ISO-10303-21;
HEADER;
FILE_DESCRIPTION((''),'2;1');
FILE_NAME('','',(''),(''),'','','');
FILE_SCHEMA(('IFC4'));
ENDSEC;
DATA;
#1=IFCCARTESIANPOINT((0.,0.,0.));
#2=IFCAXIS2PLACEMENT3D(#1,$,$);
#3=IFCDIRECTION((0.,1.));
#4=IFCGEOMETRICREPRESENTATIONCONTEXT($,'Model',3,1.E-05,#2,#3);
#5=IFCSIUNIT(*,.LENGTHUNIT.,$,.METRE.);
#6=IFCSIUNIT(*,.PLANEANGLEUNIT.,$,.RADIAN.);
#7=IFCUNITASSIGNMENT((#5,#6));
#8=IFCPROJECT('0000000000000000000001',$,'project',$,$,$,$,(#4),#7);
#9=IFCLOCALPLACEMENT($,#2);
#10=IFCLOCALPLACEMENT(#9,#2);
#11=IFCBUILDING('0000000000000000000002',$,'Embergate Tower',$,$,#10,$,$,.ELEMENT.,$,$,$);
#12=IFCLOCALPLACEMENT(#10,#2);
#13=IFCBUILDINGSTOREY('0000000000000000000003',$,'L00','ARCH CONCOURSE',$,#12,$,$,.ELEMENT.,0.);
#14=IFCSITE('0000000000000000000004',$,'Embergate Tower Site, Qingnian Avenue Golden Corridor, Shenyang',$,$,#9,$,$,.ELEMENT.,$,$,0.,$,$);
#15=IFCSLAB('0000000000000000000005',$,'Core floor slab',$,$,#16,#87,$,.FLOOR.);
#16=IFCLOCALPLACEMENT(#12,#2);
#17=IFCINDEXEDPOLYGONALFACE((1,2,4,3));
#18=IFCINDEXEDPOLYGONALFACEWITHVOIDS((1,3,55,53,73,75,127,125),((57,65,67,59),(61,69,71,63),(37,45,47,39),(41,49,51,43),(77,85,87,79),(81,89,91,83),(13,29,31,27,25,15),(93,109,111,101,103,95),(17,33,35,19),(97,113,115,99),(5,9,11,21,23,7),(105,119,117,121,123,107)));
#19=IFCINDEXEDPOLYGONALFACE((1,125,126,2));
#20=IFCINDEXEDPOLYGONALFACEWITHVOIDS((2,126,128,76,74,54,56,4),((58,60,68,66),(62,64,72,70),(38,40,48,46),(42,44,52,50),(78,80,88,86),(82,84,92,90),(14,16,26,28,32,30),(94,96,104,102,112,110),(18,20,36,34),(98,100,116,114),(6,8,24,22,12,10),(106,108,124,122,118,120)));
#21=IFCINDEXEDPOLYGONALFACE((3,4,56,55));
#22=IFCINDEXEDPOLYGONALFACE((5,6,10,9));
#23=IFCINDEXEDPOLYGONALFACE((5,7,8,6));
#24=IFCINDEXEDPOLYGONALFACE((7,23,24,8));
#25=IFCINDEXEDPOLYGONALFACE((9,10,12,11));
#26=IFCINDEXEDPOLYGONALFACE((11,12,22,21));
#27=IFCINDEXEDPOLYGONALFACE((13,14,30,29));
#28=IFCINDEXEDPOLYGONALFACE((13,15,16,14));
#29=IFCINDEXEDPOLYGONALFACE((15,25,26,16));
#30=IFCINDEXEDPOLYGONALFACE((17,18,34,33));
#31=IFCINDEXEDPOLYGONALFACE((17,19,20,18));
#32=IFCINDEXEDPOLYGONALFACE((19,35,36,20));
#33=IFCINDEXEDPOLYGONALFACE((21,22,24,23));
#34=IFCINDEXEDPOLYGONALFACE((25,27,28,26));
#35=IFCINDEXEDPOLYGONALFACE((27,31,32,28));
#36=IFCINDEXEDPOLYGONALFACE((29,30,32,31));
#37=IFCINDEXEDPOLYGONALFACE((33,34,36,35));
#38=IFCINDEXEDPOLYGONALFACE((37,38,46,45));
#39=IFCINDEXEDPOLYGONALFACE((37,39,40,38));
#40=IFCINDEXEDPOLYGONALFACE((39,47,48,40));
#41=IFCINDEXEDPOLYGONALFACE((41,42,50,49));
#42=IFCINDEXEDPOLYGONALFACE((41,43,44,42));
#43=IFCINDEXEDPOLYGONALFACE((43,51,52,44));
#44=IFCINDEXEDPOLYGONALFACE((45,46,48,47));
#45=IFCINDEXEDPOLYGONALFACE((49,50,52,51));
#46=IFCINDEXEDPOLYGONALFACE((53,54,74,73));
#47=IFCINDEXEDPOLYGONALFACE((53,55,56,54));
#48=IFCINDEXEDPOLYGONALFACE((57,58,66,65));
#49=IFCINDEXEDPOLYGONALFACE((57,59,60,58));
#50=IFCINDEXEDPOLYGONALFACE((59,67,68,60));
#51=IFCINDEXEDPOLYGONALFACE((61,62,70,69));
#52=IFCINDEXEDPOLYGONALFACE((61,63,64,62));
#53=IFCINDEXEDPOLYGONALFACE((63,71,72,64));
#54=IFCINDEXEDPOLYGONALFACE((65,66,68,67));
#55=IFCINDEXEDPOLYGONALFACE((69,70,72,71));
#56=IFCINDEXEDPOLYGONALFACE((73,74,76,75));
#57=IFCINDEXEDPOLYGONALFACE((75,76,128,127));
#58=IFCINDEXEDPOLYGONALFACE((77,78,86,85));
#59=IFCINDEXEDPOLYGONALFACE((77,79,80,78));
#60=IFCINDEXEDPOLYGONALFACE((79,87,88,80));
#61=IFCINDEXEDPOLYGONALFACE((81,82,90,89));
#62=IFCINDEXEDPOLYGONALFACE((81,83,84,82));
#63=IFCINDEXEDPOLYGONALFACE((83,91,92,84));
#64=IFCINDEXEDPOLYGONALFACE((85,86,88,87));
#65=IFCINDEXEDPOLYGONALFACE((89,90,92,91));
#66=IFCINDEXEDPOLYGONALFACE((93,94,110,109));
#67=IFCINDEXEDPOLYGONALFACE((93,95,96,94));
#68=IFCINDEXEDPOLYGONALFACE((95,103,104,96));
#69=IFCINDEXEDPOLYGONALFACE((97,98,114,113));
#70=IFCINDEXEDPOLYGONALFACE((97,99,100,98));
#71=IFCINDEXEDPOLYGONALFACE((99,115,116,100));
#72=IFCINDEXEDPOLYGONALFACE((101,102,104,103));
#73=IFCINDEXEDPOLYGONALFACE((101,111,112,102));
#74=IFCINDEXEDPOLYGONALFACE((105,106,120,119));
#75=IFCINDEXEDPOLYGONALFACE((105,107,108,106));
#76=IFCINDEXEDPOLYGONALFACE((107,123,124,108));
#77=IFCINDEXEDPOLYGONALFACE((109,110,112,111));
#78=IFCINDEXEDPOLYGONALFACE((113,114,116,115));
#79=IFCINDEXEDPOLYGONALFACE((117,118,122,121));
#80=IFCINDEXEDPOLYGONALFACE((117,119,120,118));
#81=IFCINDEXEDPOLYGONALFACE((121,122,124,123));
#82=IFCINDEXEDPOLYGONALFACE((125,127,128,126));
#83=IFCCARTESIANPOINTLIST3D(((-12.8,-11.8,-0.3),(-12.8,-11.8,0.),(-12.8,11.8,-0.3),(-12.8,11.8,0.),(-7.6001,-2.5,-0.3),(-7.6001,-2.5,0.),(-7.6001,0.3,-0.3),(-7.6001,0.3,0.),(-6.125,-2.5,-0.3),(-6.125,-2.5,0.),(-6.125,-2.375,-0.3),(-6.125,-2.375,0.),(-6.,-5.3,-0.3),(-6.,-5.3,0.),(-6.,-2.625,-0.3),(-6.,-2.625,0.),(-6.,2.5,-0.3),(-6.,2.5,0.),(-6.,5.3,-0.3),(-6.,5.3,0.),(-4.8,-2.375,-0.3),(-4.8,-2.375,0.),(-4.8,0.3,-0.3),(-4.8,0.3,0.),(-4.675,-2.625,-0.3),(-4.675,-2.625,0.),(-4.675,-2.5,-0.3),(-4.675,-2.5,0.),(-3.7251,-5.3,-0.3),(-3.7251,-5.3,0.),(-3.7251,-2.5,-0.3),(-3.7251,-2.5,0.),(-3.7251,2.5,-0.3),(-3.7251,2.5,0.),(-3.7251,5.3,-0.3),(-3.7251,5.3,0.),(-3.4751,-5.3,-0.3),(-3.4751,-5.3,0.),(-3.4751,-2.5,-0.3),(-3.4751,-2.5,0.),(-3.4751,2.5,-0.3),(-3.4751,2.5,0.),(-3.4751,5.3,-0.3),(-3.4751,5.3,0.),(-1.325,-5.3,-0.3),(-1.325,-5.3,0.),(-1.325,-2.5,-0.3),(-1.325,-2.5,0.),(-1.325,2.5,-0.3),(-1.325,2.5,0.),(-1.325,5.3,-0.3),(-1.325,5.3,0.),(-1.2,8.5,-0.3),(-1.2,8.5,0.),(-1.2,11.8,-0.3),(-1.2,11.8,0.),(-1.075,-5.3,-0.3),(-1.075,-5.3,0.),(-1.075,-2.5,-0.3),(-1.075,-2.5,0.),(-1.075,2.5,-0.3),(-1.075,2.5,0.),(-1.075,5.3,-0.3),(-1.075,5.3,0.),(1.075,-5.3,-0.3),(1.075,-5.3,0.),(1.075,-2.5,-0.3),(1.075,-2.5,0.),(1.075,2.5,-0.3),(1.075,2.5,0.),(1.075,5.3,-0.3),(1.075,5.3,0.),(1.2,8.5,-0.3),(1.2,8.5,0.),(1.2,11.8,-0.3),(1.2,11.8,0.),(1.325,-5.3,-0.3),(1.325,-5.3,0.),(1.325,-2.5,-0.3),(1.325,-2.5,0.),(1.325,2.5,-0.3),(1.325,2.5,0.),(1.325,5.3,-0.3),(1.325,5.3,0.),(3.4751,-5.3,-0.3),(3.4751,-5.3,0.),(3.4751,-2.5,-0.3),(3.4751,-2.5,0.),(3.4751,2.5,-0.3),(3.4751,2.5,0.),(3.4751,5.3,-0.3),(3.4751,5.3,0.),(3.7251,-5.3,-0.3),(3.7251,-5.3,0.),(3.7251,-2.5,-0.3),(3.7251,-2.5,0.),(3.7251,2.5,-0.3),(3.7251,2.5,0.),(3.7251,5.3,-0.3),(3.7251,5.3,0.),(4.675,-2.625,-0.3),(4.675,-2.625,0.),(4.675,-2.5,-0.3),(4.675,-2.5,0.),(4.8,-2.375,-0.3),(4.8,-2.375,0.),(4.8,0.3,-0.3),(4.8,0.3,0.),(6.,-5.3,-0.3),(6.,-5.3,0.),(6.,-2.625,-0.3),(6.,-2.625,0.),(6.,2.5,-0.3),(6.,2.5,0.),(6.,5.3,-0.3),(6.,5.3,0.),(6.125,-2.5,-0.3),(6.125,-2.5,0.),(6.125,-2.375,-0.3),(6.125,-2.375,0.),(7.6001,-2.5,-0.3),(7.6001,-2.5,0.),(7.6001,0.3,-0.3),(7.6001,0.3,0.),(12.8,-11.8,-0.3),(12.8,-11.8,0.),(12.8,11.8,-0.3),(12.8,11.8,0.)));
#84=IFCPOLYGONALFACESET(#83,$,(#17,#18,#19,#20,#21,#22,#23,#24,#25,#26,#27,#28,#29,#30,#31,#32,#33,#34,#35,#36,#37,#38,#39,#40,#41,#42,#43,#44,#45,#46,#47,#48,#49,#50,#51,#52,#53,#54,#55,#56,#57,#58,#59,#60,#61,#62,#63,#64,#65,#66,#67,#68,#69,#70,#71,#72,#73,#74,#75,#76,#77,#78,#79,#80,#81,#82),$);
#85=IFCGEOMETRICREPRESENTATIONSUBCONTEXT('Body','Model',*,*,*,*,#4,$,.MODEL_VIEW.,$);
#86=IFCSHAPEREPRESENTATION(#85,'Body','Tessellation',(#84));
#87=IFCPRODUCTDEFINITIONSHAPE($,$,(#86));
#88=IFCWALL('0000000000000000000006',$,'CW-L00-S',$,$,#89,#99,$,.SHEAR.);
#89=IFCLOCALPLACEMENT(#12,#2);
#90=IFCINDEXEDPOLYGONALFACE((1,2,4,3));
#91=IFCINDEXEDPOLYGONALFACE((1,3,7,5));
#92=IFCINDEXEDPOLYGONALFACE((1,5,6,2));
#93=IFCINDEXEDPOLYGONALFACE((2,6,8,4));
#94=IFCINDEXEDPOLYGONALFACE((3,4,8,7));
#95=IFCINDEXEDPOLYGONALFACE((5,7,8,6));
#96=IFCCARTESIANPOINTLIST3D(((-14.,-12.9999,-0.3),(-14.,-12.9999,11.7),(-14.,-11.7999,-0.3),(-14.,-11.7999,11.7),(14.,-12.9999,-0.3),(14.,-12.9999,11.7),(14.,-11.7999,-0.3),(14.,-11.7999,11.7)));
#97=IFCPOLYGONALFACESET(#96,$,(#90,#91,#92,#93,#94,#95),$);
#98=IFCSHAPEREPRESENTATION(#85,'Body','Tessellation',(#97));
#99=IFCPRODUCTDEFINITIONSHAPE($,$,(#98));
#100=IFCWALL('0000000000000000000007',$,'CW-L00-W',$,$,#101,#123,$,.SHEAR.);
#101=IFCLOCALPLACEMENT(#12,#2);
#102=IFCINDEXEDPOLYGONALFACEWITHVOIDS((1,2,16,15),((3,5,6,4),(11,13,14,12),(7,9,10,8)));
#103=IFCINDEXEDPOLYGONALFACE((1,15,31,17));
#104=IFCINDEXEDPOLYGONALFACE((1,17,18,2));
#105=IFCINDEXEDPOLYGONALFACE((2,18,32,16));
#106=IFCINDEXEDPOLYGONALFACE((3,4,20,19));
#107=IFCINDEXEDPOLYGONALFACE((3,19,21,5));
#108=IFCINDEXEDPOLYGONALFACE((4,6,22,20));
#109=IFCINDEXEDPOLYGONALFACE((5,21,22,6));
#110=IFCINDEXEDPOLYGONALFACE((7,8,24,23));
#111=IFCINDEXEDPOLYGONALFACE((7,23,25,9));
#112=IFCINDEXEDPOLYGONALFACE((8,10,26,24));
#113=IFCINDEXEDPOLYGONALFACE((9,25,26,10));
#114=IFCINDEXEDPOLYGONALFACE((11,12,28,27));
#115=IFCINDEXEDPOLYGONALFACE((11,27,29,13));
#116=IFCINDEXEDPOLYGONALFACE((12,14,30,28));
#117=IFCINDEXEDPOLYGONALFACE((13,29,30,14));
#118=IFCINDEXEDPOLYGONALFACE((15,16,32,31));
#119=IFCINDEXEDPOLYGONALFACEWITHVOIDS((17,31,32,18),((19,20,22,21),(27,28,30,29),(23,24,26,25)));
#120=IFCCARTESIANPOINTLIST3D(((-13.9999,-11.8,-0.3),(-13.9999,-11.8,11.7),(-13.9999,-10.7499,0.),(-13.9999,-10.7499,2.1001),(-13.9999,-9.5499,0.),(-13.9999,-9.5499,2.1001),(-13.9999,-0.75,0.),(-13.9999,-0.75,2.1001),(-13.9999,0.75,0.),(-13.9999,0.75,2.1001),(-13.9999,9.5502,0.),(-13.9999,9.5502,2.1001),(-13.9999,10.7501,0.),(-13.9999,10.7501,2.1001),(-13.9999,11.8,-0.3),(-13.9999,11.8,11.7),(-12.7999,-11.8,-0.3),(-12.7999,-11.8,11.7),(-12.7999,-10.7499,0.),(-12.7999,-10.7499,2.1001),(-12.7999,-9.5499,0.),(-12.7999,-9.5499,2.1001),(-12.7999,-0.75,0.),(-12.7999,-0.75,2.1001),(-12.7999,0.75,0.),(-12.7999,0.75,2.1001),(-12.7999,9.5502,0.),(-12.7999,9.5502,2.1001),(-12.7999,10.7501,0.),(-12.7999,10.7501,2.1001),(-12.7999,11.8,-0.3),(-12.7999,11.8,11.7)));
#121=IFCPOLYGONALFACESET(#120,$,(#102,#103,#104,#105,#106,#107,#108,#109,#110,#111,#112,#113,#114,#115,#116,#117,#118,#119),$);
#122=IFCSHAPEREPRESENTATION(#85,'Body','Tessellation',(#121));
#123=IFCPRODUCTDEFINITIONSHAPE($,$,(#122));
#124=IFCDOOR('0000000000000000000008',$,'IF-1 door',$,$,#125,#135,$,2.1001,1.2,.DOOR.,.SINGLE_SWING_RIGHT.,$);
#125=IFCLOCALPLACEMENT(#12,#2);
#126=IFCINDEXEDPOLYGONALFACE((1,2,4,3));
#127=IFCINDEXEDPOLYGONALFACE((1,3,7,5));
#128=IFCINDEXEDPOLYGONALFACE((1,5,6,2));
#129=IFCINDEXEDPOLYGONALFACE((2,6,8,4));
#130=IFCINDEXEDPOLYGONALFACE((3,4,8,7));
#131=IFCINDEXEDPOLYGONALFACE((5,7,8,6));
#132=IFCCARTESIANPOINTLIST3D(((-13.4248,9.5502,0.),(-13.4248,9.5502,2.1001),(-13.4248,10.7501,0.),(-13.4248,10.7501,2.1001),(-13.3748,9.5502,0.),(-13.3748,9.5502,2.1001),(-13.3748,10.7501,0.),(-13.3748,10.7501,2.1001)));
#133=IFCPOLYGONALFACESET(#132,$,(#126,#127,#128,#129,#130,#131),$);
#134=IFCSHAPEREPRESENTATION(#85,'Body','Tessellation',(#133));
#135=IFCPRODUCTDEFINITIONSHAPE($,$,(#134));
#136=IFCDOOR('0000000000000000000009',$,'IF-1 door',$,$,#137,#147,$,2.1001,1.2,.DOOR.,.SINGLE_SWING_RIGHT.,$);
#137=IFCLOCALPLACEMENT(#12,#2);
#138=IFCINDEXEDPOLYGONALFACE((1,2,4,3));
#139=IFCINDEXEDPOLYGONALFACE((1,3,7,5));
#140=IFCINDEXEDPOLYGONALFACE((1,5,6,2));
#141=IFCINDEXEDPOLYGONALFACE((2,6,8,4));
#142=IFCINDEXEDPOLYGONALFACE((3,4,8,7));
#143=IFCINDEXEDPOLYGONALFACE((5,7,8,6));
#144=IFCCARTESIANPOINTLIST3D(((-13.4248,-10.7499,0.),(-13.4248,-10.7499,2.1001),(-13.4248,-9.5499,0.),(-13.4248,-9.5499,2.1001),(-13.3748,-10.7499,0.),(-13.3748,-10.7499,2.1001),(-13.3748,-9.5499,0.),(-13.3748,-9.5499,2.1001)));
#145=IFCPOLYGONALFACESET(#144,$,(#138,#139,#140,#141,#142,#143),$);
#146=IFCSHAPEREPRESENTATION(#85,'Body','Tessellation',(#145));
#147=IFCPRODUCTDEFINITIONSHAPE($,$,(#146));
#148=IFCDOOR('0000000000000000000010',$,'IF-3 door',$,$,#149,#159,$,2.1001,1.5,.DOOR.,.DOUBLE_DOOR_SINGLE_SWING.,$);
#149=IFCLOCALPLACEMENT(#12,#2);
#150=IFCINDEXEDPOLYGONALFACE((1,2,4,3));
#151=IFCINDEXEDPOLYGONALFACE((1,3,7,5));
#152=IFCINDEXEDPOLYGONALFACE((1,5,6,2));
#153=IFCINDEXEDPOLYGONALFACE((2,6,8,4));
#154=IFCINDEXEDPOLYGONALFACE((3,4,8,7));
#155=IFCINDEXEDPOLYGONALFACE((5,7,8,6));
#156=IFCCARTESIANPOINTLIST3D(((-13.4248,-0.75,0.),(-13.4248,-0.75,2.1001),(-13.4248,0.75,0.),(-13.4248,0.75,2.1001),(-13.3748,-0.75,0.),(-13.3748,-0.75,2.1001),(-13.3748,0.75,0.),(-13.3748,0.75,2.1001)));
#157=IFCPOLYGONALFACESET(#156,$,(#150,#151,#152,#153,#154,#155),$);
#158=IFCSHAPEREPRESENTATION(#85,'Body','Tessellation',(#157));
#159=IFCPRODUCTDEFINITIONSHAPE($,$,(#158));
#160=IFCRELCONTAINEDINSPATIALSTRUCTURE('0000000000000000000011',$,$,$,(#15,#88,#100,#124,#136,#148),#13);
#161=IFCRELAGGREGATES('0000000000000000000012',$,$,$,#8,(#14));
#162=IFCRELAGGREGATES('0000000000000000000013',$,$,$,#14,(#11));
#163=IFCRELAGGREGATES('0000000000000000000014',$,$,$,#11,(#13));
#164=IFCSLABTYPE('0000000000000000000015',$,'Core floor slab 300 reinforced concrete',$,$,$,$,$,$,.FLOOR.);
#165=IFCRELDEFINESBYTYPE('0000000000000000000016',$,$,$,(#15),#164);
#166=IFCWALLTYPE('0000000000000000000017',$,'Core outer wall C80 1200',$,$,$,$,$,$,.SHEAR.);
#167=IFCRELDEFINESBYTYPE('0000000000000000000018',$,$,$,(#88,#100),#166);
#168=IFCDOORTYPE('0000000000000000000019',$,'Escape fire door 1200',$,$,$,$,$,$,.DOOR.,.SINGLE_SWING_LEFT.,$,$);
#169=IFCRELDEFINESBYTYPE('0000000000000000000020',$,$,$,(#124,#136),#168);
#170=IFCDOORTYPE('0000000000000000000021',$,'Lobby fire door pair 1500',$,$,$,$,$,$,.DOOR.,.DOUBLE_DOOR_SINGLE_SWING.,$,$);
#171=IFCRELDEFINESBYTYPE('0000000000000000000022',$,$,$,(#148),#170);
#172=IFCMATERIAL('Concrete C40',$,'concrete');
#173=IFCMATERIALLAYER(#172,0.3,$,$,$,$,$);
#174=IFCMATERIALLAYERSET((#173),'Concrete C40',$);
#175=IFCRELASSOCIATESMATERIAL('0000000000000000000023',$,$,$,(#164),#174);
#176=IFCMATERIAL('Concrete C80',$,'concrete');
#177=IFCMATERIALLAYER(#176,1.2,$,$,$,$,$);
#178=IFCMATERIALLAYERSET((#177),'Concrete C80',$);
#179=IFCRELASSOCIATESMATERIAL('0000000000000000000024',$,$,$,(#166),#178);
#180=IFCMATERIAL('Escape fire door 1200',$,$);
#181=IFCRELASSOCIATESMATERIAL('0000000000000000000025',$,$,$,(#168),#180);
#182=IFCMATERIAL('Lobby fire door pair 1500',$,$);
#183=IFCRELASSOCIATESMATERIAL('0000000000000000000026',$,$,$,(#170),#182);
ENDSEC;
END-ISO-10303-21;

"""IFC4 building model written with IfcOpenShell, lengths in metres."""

from ifc_helpers import new_model, si_unit, direction, frame, frame_2d, origin, place, context, subcontext, project, spatial, polyline, rectangle, outline, extrude, source, transform, mapped, material, layer, layer_set, type_object, element, fill, save


model = new_model("IFC4")

# Units and contexts
model_context = context("Model", 3, precision=1e-05, world=origin(), true_north=direction((0.0, 1.0)))
body_context = subcontext(model_context, "Body", "Model", "MODEL_VIEW")
ifc_project = project(units=[si_unit("LENGTHUNIT", "METRE"), si_unit("PLANEANGLEUNIT", "RADIAN")], contexts=[model_context])

# Site, building, storey
site_placement = place(None, origin())
site = spatial("IfcSite", under=ifc_project, at=site_placement, Name="Embergate Tower Site, Qingnian Avenue Golden Corridor, Shenyang", CompositionType="ELEMENT", RefElevation=0.0)
building_placement = place(site_placement, origin())
building = spatial("IfcBuilding", under=site, at=building_placement, Name="Embergate Tower", CompositionType="ELEMENT")
storey_placement = place(building_placement, origin())
storey = spatial("IfcBuildingStorey", under=building, at=storey_placement, Name="L00", Description="ARCH CONCOURSE", CompositionType="ELEMENT", Elevation=0.0)

# Slab
ifc_material_1 = material(Name="Concrete C40", Category="concrete")
ifc_layer_1 = layer(ifc_material_1, 0.3)
ifc_layer_set_1 = layer_set([ifc_layer_1], Name="Concrete C40")
slab_type = type_object("IfcSlabType", Name="Core floor slab 300 reinforced concrete", PredefinedType="FLOOR", material=ifc_layer_set_1)
shared_shape_1 = source(origin(), body_context, "Body", "SweptSolid", [
    extrude(outline(polyline([(0.0, 0.0), (25.6001, 0.0), (25.6001, 23.6001), (14.0, 23.6001), (14.0, 20.3), (11.6001, 20.3), (11.6001, 23.6001), (0.0, 23.6001), (0.0, 0.0)]), holes=[polyline([(6.8, 6.5), (6.8, 9.175), (8.125, 9.175), (8.125, 9.3), (9.075, 9.3), (9.075, 6.5), (6.8, 6.5)]), polyline([(9.325, 6.5), (9.325, 9.3), (11.4751, 9.3), (11.4751, 6.5), (9.325, 6.5)]), polyline([(11.7251, 6.5), (11.7251, 9.3), (13.875, 9.3), (13.875, 6.5), (11.7251, 6.5)]), polyline([(14.125, 6.5), (14.125, 9.3), (16.2751, 9.3), (16.2751, 6.5), (14.125, 6.5)]), polyline([(16.5251, 6.5), (16.5251, 9.3), (17.4751, 9.3), (17.4751, 9.175), (18.8, 9.175), (18.8, 6.5), (16.5251, 6.5)]), polyline([(5.2, 9.3), (5.2, 12.1001), (8.0, 12.1001), (8.0, 9.425), (6.675, 9.425), (6.675, 9.3), (5.2, 9.3)]), polyline([(18.925, 9.3), (18.925, 9.425), (17.6001, 9.425), (17.6001, 12.1001), (20.4001, 12.1001), (20.4001, 9.3), (18.925, 9.3)]), polyline([(6.8, 14.3), (6.8, 17.1001), (9.075, 17.1001), (9.075, 14.3), (6.8, 14.3)]), polyline([(9.325, 14.3), (9.325, 17.1001), (11.4751, 17.1001), (11.4751, 14.3), (9.325, 14.3)]), polyline([(11.7251, 14.3), (11.7251, 17.1001), (13.875, 17.1001), (13.875, 14.3), (11.7251, 14.3)]), polyline([(14.125, 14.3), (14.125, 17.1001), (16.2751, 17.1001), (16.2751, 14.3), (14.125, 14.3)]), polyline([(16.5251, 14.3), (16.5251, 17.1001), (18.8, 17.1001), (18.8, 14.3), (16.5251, 14.3)])]), origin(), (0.0, 0.0, 1.0), 0.3),
])
slab_placement = place(storey_placement, frame((-12.8, -11.8, -0.3)))
element("IfcSlab", 1, at=slab_placement, inside=storey, type_object=slab_type, Name="Core floor slab", PredefinedType="FLOOR", context=body_context, shape_type="MappedRepresentation", body=[
    mapped(shared_shape_1, transform((0.0, 0.0, 0.0))),
])

# Wall
ifc_material_2 = material(Name="Concrete C80", Category="concrete")
ifc_layer_2 = layer(ifc_material_2, 1.2)
ifc_layer_set_2 = layer_set([ifc_layer_2], Name="Concrete C80")
wall_type_1 = type_object("IfcWallType", Name="Core outer wall C80 1200", PredefinedType="SHEAR", material=ifc_layer_set_2)
shared_shape_2 = source(origin(), body_context, "Body", "SweptSolid", [
    extrude(rectangle(XDim=28.0, YDim=1.2, at=frame_2d((14.0, 0.0))), origin(), (0.0, 0.0, 1.0), 12.0),
])
wall_1_placement = place(storey_placement, frame((-14.0, -12.3999, -0.3), z_axis=(0.0, 0.0, 1.0), x_axis=(1.0, 0.0, 0.0)))
element("IfcWall", 2, at=wall_1_placement, inside=storey, type_object=wall_type_1, Name="CW-L00-S", PredefinedType="SHEAR", context=body_context, shape_type="MappedRepresentation", body=[
    mapped(shared_shape_2, transform((0.0, 0.0, 0.0))),
])

# Wall, openings, doors
shared_shape_3 = source(origin(), body_context, "Body", "SweptSolid", [
    extrude(rectangle(XDim=23.6001, YDim=1.2, at=frame_2d((11.8, 0.0))), origin(), (0.0, 0.0, 1.0), 12.0),
])
wall_2_placement = place(storey_placement, frame((-13.3999, -11.8, -0.3), z_axis=(0.0, 0.0, 1.0), x_axis=(0.0, 1.0, 0.0)))
wall_2 = element("IfcWall", 3, at=wall_2_placement, inside=storey, type_object=wall_type_1, Name="CW-L00-W", PredefinedType="SHEAR", context=body_context, shape_type="MappedRepresentation", body=[
    mapped(shared_shape_3, transform((0.0, 0.0, 0.0))),
])
shared_shape_4 = source(origin(), body_context, "Body", "SweptSolid", [
    extrude(rectangle(XDim=1.2, YDim=2.1001, at=frame_2d((0.6001, 1.05))), frame((0.0, 0.6099, 0.0), z_axis=(0.0, -1.0, 0.0), x_axis=(1.0, 0.0, 0.0)), (0.0, 0.0, 1.0), 1.22),
])
opening_1_placement = place(wall_2_placement, frame((21.3501, 0.0, 0.3)))
opening_1 = element("IfcOpeningElement", 4, at=opening_1_placement, cuts=wall_2, PredefinedType="OPENING", context=body_context, shape_type="MappedRepresentation", body=[
    mapped(shared_shape_4, transform((0.0, 0.0, 0.0))),
])
opening_2_placement = place(wall_2_placement, frame((1.05, 0.0, 0.3)))
opening_2 = element("IfcOpeningElement", 5, at=opening_2_placement, cuts=wall_2, PredefinedType="OPENING", context=body_context, shape_type="MappedRepresentation", body=[
    mapped(shared_shape_4, transform((0.0, 0.0, 0.0))),
])
shared_shape_5 = source(origin(), body_context, "Body", "SweptSolid", [
    extrude(rectangle(XDim=1.5, YDim=2.1001, at=frame_2d((0.75, 1.05))), frame((0.0, 0.6099, 0.0), z_axis=(0.0, -1.0, 0.0), x_axis=(1.0, 0.0, 0.0)), (0.0, 0.0, 1.0), 1.22),
])
opening_3_placement = place(wall_2_placement, frame((11.05, 0.0, 0.3)))
opening_3 = element("IfcOpeningElement", 6, at=opening_3_placement, cuts=wall_2, PredefinedType="OPENING", context=body_context, shape_type="MappedRepresentation", body=[
    mapped(shared_shape_5, transform((0.0, 0.0, 0.0))),
])
ifc_material_3 = material(Name="Escape fire door 1200")
door_type_1 = type_object("IfcDoorType", Name="Escape fire door 1200", OperationType="SINGLE_SWING_LEFT", PredefinedType="DOOR", material=ifc_material_3)
shared_shape_6 = source(origin(), body_context, "Body", "SweptSolid", [
    extrude(rectangle(XDim=1.2, YDim=2.1001, at=frame_2d((0.6001, 1.05))), frame((0.0, 0.0249, 0.0), z_axis=(0.0, -1.0, 0.0), x_axis=(1.0, 0.0, 0.0)), (0.0, 0.0, 1.0), 0.05),
])
door_1_placement = place(opening_1_placement, origin())
door_1 = element("IfcDoor", 7, at=door_1_placement, inside=storey, type_object=door_type_1, Name="IF-1 door", OperationType="SINGLE_SWING_RIGHT", OverallHeight=2.1001, OverallWidth=1.2, PredefinedType="DOOR", context=body_context, shape_type="MappedRepresentation", body=[
    mapped(shared_shape_6, transform((0.0, 0.0, 0.0))),
])
fill(opening_1, door_1)
door_2_placement = place(opening_2_placement, origin())
door_2 = element("IfcDoor", 8, at=door_2_placement, inside=storey, type_object=door_type_1, Name="IF-1 door", OperationType="SINGLE_SWING_RIGHT", OverallHeight=2.1001, OverallWidth=1.2, PredefinedType="DOOR", context=body_context, shape_type="MappedRepresentation", body=[
    mapped(shared_shape_6, transform((0.0, 0.0, 0.0))),
])
fill(opening_2, door_2)
ifc_material_4 = material(Name="Lobby fire door pair 1500")
door_type_2 = type_object("IfcDoorType", Name="Lobby fire door pair 1500", OperationType="DOUBLE_DOOR_SINGLE_SWING", PredefinedType="DOOR", material=ifc_material_4)
shared_shape_7 = source(origin(), body_context, "Body", "SweptSolid", [
    extrude(rectangle(XDim=1.5, YDim=2.1001, at=frame_2d((0.75, 1.05))), frame((0.0, 0.0249, 0.0), z_axis=(0.0, -1.0, 0.0), x_axis=(1.0, 0.0, 0.0)), (0.0, 0.0, 1.0), 0.05),
])
door_3_placement = place(opening_3_placement, origin())
door_3 = element("IfcDoor", 9, at=door_3_placement, inside=storey, type_object=door_type_2, Name="IF-3 door", OperationType="DOUBLE_DOOR_SINGLE_SWING", OverallHeight=2.1001, OverallWidth=1.5, PredefinedType="DOOR", context=body_context, shape_type="MappedRepresentation", body=[
    mapped(shared_shape_7, transform((0.0, 0.0, 0.0))),
])
fill(opening_3, door_3)

save(model, "model.ifc")
